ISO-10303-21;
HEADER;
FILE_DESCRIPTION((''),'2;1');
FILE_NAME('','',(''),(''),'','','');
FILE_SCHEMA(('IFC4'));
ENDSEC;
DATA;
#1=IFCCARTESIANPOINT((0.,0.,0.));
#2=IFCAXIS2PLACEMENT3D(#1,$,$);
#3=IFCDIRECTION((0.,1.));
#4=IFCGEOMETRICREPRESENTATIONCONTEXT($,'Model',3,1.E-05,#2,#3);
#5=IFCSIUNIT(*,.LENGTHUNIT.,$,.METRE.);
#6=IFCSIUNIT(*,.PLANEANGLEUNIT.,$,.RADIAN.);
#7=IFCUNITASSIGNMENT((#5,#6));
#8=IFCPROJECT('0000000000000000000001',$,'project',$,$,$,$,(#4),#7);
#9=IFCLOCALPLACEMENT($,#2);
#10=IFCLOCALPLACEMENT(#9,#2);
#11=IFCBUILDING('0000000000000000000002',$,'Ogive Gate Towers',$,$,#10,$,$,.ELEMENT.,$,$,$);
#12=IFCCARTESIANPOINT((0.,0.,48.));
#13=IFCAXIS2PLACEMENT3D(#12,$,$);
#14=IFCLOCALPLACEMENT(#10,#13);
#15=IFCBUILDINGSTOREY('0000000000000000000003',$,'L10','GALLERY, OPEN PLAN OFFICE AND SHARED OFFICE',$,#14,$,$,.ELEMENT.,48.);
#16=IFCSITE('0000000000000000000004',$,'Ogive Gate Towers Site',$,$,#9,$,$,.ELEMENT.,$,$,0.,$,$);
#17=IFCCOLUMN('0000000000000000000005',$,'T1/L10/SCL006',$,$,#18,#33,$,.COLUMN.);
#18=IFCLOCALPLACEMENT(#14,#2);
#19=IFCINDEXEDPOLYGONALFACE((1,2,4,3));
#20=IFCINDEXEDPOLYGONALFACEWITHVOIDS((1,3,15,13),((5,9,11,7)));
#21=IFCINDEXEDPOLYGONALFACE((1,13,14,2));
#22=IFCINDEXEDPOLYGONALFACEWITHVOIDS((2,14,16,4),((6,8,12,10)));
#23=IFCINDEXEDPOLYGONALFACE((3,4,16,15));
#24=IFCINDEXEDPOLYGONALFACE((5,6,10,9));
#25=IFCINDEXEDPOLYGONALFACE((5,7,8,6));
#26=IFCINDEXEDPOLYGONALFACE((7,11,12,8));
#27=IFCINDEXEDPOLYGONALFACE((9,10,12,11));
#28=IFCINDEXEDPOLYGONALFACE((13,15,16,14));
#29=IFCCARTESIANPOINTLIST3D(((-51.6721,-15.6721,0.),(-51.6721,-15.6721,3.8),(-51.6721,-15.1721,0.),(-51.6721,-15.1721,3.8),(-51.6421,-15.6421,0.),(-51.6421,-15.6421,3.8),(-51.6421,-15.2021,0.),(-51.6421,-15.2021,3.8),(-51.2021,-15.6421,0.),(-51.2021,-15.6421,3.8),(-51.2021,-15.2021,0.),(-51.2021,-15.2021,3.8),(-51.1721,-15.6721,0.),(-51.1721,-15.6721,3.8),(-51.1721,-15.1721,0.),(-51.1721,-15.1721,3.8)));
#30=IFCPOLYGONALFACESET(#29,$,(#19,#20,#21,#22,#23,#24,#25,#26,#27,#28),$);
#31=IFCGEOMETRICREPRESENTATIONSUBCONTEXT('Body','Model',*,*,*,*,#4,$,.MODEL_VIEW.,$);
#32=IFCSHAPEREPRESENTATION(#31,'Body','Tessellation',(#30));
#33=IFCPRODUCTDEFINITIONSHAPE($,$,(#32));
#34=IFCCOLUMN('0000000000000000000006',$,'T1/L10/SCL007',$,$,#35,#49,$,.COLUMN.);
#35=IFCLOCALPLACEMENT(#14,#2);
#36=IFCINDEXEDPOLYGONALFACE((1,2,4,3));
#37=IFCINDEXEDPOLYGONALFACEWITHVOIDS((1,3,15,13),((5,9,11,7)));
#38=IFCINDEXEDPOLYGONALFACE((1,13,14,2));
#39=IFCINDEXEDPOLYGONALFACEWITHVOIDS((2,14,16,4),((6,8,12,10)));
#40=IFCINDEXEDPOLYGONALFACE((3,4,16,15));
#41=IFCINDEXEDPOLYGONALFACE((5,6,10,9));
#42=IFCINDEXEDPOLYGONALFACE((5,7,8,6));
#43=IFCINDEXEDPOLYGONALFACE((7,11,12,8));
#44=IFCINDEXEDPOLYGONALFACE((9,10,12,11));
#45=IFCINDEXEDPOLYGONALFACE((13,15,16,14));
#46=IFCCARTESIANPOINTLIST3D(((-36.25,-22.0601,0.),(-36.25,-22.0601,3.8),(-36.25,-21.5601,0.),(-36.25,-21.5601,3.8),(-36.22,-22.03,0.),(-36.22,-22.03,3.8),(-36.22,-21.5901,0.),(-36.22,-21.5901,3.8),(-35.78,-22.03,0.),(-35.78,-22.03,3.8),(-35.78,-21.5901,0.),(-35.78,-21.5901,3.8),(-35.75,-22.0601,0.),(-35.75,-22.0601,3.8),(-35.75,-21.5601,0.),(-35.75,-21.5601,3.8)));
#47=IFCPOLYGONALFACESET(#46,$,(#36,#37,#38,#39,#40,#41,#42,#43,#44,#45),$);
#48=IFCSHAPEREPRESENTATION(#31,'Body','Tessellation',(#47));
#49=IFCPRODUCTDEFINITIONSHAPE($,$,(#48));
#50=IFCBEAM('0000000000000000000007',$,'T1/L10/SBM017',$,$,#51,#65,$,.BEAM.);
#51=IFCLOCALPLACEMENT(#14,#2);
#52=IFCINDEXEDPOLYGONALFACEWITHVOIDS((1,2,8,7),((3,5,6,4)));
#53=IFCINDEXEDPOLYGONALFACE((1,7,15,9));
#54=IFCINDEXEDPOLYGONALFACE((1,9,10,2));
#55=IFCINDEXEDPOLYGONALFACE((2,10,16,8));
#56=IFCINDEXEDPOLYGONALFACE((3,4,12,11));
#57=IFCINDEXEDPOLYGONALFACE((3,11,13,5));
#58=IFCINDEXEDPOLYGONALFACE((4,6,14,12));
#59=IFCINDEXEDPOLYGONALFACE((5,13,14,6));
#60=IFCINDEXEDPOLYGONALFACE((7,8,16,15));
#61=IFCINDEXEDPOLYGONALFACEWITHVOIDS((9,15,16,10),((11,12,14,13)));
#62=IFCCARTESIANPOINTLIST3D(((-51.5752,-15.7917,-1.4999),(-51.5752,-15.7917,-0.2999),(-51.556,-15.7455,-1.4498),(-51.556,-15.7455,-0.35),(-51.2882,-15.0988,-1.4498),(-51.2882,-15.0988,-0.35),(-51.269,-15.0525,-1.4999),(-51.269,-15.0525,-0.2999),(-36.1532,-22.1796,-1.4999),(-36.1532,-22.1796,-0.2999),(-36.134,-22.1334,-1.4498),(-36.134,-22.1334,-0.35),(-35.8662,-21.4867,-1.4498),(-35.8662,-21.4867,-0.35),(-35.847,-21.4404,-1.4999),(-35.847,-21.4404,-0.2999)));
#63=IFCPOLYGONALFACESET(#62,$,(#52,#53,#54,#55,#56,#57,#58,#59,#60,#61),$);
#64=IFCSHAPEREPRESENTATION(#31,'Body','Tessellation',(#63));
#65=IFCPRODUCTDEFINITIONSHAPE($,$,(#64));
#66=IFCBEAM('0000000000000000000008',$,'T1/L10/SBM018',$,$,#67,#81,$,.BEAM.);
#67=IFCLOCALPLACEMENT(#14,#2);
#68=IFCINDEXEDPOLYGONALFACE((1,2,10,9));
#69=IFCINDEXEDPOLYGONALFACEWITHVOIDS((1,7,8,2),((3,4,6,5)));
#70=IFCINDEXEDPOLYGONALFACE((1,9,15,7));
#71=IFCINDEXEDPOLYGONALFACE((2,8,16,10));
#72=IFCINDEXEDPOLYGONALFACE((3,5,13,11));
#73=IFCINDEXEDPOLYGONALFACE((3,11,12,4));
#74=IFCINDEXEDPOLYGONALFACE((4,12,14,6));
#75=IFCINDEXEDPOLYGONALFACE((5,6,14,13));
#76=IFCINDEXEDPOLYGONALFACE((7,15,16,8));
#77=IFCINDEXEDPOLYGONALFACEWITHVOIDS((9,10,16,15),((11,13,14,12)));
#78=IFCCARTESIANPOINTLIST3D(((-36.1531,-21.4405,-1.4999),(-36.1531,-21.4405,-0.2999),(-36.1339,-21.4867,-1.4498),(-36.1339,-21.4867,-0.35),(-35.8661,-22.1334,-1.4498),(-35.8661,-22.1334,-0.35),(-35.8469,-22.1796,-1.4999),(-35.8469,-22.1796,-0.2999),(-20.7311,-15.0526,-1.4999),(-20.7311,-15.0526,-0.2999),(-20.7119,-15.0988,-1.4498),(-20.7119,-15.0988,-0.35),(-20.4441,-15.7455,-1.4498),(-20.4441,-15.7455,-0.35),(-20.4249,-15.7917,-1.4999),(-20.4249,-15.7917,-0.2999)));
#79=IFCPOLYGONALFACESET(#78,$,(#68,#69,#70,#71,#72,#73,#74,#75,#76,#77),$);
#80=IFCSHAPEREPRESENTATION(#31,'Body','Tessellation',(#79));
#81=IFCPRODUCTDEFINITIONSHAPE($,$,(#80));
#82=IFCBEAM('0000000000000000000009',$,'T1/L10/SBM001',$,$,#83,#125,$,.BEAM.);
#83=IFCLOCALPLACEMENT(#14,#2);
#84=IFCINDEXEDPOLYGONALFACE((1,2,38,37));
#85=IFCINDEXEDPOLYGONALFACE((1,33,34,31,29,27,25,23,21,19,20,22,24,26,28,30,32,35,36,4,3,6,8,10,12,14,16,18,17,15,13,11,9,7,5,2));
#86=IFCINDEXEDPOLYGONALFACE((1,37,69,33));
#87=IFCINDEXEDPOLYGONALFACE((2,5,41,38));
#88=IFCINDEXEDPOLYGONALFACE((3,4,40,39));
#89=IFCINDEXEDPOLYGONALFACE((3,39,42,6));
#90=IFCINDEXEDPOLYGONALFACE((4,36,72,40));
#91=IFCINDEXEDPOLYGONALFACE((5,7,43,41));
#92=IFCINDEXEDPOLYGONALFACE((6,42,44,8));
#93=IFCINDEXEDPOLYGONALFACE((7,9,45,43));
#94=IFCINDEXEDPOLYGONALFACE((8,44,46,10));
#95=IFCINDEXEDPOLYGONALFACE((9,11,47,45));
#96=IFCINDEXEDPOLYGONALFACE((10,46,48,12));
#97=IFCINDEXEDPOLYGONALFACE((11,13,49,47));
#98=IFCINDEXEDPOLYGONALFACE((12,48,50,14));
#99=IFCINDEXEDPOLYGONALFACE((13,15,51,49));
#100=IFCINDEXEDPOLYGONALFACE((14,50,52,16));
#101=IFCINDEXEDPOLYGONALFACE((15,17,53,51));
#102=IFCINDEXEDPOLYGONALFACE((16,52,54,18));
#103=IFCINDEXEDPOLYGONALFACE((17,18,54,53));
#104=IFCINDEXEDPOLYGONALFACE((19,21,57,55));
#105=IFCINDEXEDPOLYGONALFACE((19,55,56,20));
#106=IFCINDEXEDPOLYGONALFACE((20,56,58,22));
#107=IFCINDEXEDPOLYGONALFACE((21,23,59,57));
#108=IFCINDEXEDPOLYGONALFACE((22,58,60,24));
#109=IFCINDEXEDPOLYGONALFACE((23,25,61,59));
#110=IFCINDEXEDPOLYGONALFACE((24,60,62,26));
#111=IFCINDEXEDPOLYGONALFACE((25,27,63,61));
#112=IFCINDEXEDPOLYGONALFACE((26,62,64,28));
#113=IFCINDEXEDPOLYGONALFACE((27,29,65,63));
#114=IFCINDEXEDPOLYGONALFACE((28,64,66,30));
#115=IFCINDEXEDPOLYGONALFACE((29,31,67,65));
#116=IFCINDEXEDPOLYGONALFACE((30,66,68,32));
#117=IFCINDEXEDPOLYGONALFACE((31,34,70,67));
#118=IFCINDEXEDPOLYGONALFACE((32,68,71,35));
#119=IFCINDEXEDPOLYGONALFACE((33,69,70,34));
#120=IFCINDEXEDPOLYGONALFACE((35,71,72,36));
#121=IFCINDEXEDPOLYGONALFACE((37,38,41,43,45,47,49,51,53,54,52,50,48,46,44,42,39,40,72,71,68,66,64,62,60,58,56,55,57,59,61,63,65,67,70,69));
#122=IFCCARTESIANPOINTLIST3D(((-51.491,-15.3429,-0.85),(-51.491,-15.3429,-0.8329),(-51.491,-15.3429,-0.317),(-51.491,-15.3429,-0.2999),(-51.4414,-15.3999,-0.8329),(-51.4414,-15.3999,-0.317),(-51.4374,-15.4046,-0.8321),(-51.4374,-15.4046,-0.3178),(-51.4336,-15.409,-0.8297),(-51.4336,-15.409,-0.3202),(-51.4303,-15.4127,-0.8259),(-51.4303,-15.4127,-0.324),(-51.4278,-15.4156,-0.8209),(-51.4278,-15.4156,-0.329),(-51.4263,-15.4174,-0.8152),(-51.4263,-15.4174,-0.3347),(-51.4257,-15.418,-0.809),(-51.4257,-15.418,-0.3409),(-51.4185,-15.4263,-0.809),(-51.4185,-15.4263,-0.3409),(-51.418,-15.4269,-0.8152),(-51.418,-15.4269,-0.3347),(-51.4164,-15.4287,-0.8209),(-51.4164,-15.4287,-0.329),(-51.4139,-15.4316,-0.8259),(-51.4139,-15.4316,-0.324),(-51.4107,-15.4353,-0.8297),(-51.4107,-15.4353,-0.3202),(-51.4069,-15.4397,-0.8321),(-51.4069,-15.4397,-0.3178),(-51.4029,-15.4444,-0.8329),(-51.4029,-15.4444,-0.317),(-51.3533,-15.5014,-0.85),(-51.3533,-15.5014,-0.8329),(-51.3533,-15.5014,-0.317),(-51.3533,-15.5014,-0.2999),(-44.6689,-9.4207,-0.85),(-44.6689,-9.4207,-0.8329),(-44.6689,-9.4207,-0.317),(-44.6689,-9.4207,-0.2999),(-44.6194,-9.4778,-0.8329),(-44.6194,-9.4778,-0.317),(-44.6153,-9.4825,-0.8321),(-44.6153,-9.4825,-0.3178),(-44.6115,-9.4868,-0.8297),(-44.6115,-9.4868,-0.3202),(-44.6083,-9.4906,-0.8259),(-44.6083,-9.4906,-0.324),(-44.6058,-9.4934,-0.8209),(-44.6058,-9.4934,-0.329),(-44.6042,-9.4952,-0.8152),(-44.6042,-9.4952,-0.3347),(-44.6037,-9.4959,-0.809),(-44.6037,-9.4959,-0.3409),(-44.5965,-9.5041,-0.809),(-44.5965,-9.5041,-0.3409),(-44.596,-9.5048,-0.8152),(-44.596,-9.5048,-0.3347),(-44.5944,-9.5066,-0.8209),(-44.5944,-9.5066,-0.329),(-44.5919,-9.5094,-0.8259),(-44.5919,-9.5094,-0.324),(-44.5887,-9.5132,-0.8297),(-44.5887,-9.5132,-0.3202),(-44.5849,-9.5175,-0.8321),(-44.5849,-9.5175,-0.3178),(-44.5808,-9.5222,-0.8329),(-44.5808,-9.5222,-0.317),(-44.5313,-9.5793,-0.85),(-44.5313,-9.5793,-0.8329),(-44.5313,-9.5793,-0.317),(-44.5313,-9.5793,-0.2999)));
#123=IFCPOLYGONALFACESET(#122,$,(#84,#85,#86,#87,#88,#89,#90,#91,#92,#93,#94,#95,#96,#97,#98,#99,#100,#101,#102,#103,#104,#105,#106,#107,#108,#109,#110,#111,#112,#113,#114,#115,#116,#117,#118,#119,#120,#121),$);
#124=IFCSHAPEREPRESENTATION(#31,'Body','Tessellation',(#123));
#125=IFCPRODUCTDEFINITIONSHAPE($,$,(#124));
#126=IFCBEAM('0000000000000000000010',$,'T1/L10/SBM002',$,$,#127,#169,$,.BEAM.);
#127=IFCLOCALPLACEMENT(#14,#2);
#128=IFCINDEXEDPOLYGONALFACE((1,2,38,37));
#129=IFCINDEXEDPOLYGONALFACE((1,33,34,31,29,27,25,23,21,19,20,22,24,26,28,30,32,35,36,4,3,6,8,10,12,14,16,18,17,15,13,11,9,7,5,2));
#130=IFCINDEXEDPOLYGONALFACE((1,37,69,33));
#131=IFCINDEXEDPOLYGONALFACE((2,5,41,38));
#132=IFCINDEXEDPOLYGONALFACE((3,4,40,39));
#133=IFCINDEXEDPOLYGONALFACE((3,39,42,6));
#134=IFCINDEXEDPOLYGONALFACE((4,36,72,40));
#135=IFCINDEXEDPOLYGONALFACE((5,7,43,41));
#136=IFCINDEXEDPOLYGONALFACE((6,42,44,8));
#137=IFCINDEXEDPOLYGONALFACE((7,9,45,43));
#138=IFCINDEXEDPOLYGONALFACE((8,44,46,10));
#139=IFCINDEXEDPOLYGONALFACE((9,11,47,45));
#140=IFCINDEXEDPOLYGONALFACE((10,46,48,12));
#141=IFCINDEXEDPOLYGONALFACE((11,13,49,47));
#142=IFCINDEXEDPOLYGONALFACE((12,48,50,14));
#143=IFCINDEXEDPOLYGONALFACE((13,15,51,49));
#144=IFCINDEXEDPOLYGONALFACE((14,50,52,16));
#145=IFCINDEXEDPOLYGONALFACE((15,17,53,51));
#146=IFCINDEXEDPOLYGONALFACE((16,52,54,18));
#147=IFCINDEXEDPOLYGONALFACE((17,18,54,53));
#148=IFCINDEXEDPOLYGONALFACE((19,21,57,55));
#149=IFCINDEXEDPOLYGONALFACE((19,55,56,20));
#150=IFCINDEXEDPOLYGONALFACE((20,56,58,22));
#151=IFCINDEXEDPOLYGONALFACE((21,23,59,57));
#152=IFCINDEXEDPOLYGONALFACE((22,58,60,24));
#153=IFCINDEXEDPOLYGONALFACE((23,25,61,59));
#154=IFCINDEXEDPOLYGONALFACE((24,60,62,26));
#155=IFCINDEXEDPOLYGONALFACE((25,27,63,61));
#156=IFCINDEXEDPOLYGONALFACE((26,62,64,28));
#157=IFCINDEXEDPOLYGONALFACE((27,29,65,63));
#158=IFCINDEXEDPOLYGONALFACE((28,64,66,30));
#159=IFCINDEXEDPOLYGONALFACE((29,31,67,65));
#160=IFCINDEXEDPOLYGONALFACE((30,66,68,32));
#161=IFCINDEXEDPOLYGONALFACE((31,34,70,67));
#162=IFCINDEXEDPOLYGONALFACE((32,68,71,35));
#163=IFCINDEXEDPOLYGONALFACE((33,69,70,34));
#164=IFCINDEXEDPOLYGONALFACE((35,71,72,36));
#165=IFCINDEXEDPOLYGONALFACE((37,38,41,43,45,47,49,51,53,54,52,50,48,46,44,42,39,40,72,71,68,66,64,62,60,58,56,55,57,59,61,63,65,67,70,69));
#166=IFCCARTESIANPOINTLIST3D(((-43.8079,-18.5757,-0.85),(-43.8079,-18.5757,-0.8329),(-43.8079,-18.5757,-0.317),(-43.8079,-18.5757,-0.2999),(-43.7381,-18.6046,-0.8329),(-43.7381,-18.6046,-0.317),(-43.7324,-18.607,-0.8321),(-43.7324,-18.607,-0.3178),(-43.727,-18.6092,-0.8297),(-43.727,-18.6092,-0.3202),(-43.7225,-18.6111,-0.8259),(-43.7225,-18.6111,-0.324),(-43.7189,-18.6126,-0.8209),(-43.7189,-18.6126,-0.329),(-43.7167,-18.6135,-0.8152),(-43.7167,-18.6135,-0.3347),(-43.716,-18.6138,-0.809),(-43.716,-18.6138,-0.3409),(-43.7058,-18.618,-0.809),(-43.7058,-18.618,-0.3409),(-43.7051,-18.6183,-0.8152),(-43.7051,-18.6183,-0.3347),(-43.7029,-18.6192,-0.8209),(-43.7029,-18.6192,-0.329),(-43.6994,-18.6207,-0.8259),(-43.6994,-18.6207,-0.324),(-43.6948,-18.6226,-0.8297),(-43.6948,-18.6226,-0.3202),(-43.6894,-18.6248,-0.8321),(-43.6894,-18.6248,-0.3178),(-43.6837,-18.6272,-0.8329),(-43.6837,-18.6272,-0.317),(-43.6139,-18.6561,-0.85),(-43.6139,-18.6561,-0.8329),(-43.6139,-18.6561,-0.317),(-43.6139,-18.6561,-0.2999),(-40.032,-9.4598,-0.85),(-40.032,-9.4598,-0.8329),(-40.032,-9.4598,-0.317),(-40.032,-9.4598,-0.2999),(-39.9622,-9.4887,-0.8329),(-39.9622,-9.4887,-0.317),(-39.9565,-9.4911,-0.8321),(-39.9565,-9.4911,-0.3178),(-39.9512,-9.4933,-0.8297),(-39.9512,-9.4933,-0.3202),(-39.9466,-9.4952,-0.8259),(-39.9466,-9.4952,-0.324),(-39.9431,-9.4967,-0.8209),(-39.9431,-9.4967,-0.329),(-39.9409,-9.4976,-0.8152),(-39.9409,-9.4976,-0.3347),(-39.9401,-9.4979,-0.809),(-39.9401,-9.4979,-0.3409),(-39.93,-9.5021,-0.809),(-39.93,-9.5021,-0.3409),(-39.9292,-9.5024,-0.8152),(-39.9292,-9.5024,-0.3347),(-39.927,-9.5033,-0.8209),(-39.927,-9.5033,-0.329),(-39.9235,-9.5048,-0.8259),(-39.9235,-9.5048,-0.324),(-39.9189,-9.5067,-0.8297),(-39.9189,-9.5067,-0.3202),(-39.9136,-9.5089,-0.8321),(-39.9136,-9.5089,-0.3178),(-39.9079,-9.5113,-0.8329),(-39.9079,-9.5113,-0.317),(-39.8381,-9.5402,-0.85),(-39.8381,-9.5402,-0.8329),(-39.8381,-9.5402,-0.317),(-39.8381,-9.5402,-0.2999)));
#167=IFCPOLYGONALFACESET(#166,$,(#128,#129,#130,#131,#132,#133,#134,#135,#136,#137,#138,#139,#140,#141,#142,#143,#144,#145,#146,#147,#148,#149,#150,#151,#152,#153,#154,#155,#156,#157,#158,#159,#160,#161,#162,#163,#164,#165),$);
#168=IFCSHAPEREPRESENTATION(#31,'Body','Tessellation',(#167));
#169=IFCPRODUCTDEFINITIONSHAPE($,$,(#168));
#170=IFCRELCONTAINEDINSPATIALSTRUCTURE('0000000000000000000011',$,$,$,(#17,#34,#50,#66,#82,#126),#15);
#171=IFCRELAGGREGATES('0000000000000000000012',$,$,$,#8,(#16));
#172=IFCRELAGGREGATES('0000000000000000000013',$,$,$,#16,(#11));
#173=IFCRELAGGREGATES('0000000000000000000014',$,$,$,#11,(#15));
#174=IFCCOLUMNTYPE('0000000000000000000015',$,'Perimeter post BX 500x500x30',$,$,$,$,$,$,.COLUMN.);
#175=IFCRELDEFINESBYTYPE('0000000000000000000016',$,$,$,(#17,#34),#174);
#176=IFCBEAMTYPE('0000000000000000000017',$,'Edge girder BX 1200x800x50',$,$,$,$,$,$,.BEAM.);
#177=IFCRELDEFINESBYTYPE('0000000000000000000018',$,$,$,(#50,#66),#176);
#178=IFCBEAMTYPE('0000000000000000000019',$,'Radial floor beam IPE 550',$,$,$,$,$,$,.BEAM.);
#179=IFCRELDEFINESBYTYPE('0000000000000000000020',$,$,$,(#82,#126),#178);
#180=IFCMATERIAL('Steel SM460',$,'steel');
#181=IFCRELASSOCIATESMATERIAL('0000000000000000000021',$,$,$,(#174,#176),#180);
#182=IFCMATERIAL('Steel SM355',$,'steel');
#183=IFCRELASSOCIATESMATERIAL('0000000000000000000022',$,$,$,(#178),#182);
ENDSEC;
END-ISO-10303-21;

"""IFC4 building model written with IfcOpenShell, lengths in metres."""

from ifc_helpers import new_model, si_unit, direction, frame, origin, origin_2d, place, context, subcontext, project, spatial, hollow_rectangle, i_section, extrude, material, material_profile, profile_set, type_object, element, save


model = new_model("IFC4")

# Units and contexts
model_context = context("Model", 3, precision=1e-05, world=origin(), true_north=direction((0.0, 1.0)))
body_context = subcontext(model_context, "Body", "Model", "MODEL_VIEW")
ifc_project = project(units=[si_unit("LENGTHUNIT", "METRE"), si_unit("PLANEANGLEUNIT", "RADIAN")], contexts=[model_context])

# Site, building, storey
site_placement = place(None, origin())
site = spatial("IfcSite", under=ifc_project, at=site_placement, Name="Ogive Gate Towers Site", CompositionType="ELEMENT", RefElevation=0.0)
building_placement = place(site_placement, origin())
building = spatial("IfcBuilding", under=site, at=building_placement, Name="Ogive Gate Towers", CompositionType="ELEMENT")
storey_placement = place(building_placement, frame((0.0, 0.0, 48.0)))
storey = spatial("IfcBuildingStorey", under=building, at=storey_placement, Name="L10", Description="GALLERY, OPEN PLAN OFFICE AND SHARED OFFICE", CompositionType="ELEMENT", Elevation=48.0)

# Columns
ifc_material_1 = material(Name="Steel SM460", Category="steel")
ifc_material_profile_1 = material_profile(ifc_material_1, hollow_rectangle(XDim=0.5, YDim=0.5, WallThickness=0.03, at=origin_2d()), Name="BX 500x500x30")
ifc_profile_set_1 = profile_set([ifc_material_profile_1], Name="Steel SM460")
column_type = type_object("IfcColumnType", Name="Perimeter post BX 500x500x30", PredefinedType="COLUMN", material=ifc_profile_set_1)
for number, where, z_axis, x_axis, name in (
    (1, (-51.4221, -15.4221, 0.0), (0.0, 0.0, 1.0), (1.0, 0.0, 0.0), "T1/L10/SCL006"),
    (2, (-36.0, -21.8101, 0.0), (0.0, 0.0, 1.0), (1.0, 0.0, 0.0), "T1/L10/SCL007"),
):
    element("IfcColumn", number, at=place(storey_placement, frame(where, z_axis=z_axis, x_axis=x_axis)), inside=storey, type_object=column_type, Name=name, PredefinedType="COLUMN", context=body_context, shape_type="SweptSolid", body=[
        extrude(hollow_rectangle(XDim=0.5, YDim=0.5, WallThickness=0.03, at=origin_2d()), origin(), (0.0, 0.0, 1.0), 3.8),
    ])

# Beams
ifc_material_profile_2 = material_profile(ifc_material_1, hollow_rectangle(XDim=0.8, YDim=1.2, WallThickness=0.05, at=origin_2d()), Name="BX 1200x800x50")
ifc_profile_set_2 = profile_set([ifc_material_profile_2], Name="Steel SM460")
beam_type_1 = type_object("IfcBeamType", Name="Edge girder BX 1200x800x50", PredefinedType="BEAM", material=ifc_profile_set_2)
for number, where, z_axis, x_axis, name in (
    (3, (-51.4221, -15.4221, -0.8999), (0.923882, -0.382678, 0.0), (0.382678, 0.923882, 0.0), "T1/L10/SBM017"),
    (4, (-36.0, -21.8101, -0.8999), (0.923882, 0.382678, 0.0), (-0.382678, 0.923882, 0.0), "T1/L10/SBM018"),
):
    element("IfcBeam", number, at=place(storey_placement, frame(where, z_axis=z_axis, x_axis=x_axis)), inside=storey, type_object=beam_type_1, Name=name, PredefinedType="BEAM", context=body_context, shape_type="SweptSolid", body=[
        extrude(hollow_rectangle(XDim=0.8, YDim=1.2, WallThickness=0.05, at=origin_2d()), origin(), (0.0, 0.0, 1.0), 16.6926),
    ])
ifc_material_2 = material(Name="Steel SM355", Category="steel")
ifc_material_profile_3 = material_profile(ifc_material_2, i_section(OverallWidth=0.21, OverallDepth=0.55, WebThickness=0.011, FlangeThickness=0.0171, FilletRadius=0.0239, at=origin_2d()), Name="IPE 550")
ifc_profile_set_3 = profile_set([ifc_material_profile_3], Name="Steel SM355")
beam_type_2 = type_object("IfcBeamType", Name="Radial floor beam IPE 550", PredefinedType="BEAM", material=ifc_profile_set_3)
beam_1_placement = place(storey_placement, frame((-44.6001, -9.5, -0.575), z_axis=(-0.755157, -0.655544, 0.0), x_axis=(0.655544, -0.755157, 0.0)))
element("IfcBeam", 5, at=beam_1_placement, inside=storey, type_object=beam_type_2, Name="T1/L10/SBM001", PredefinedType="BEAM", context=body_context, shape_type="SweptSolid", body=[
    extrude(i_section(OverallWidth=0.21, OverallDepth=0.55, WebThickness=0.011, FlangeThickness=0.0171, FilletRadius=0.0239, at=origin_2d()), origin(), (0.0, 0.0, 1.0), 9.0339),
])
beam_2_placement = place(storey_placement, frame((-39.9351, -9.5, -0.575), z_axis=(-0.382677, -0.923882, 0.0), x_axis=(0.923882, -0.382677, 0.0)))
element("IfcBeam", 6, at=beam_2_placement, inside=storey, type_object=beam_type_2, Name="T1/L10/SBM002", PredefinedType="BEAM", context=body_context, shape_type="SweptSolid", body=[
    extrude(i_section(OverallWidth=0.21, OverallDepth=0.55, WebThickness=0.011, FlangeThickness=0.0171, FilletRadius=0.0239, at=origin_2d()), origin(), (0.0, 0.0, 1.0), 9.8669),
])

save(model, "model.ifc")
